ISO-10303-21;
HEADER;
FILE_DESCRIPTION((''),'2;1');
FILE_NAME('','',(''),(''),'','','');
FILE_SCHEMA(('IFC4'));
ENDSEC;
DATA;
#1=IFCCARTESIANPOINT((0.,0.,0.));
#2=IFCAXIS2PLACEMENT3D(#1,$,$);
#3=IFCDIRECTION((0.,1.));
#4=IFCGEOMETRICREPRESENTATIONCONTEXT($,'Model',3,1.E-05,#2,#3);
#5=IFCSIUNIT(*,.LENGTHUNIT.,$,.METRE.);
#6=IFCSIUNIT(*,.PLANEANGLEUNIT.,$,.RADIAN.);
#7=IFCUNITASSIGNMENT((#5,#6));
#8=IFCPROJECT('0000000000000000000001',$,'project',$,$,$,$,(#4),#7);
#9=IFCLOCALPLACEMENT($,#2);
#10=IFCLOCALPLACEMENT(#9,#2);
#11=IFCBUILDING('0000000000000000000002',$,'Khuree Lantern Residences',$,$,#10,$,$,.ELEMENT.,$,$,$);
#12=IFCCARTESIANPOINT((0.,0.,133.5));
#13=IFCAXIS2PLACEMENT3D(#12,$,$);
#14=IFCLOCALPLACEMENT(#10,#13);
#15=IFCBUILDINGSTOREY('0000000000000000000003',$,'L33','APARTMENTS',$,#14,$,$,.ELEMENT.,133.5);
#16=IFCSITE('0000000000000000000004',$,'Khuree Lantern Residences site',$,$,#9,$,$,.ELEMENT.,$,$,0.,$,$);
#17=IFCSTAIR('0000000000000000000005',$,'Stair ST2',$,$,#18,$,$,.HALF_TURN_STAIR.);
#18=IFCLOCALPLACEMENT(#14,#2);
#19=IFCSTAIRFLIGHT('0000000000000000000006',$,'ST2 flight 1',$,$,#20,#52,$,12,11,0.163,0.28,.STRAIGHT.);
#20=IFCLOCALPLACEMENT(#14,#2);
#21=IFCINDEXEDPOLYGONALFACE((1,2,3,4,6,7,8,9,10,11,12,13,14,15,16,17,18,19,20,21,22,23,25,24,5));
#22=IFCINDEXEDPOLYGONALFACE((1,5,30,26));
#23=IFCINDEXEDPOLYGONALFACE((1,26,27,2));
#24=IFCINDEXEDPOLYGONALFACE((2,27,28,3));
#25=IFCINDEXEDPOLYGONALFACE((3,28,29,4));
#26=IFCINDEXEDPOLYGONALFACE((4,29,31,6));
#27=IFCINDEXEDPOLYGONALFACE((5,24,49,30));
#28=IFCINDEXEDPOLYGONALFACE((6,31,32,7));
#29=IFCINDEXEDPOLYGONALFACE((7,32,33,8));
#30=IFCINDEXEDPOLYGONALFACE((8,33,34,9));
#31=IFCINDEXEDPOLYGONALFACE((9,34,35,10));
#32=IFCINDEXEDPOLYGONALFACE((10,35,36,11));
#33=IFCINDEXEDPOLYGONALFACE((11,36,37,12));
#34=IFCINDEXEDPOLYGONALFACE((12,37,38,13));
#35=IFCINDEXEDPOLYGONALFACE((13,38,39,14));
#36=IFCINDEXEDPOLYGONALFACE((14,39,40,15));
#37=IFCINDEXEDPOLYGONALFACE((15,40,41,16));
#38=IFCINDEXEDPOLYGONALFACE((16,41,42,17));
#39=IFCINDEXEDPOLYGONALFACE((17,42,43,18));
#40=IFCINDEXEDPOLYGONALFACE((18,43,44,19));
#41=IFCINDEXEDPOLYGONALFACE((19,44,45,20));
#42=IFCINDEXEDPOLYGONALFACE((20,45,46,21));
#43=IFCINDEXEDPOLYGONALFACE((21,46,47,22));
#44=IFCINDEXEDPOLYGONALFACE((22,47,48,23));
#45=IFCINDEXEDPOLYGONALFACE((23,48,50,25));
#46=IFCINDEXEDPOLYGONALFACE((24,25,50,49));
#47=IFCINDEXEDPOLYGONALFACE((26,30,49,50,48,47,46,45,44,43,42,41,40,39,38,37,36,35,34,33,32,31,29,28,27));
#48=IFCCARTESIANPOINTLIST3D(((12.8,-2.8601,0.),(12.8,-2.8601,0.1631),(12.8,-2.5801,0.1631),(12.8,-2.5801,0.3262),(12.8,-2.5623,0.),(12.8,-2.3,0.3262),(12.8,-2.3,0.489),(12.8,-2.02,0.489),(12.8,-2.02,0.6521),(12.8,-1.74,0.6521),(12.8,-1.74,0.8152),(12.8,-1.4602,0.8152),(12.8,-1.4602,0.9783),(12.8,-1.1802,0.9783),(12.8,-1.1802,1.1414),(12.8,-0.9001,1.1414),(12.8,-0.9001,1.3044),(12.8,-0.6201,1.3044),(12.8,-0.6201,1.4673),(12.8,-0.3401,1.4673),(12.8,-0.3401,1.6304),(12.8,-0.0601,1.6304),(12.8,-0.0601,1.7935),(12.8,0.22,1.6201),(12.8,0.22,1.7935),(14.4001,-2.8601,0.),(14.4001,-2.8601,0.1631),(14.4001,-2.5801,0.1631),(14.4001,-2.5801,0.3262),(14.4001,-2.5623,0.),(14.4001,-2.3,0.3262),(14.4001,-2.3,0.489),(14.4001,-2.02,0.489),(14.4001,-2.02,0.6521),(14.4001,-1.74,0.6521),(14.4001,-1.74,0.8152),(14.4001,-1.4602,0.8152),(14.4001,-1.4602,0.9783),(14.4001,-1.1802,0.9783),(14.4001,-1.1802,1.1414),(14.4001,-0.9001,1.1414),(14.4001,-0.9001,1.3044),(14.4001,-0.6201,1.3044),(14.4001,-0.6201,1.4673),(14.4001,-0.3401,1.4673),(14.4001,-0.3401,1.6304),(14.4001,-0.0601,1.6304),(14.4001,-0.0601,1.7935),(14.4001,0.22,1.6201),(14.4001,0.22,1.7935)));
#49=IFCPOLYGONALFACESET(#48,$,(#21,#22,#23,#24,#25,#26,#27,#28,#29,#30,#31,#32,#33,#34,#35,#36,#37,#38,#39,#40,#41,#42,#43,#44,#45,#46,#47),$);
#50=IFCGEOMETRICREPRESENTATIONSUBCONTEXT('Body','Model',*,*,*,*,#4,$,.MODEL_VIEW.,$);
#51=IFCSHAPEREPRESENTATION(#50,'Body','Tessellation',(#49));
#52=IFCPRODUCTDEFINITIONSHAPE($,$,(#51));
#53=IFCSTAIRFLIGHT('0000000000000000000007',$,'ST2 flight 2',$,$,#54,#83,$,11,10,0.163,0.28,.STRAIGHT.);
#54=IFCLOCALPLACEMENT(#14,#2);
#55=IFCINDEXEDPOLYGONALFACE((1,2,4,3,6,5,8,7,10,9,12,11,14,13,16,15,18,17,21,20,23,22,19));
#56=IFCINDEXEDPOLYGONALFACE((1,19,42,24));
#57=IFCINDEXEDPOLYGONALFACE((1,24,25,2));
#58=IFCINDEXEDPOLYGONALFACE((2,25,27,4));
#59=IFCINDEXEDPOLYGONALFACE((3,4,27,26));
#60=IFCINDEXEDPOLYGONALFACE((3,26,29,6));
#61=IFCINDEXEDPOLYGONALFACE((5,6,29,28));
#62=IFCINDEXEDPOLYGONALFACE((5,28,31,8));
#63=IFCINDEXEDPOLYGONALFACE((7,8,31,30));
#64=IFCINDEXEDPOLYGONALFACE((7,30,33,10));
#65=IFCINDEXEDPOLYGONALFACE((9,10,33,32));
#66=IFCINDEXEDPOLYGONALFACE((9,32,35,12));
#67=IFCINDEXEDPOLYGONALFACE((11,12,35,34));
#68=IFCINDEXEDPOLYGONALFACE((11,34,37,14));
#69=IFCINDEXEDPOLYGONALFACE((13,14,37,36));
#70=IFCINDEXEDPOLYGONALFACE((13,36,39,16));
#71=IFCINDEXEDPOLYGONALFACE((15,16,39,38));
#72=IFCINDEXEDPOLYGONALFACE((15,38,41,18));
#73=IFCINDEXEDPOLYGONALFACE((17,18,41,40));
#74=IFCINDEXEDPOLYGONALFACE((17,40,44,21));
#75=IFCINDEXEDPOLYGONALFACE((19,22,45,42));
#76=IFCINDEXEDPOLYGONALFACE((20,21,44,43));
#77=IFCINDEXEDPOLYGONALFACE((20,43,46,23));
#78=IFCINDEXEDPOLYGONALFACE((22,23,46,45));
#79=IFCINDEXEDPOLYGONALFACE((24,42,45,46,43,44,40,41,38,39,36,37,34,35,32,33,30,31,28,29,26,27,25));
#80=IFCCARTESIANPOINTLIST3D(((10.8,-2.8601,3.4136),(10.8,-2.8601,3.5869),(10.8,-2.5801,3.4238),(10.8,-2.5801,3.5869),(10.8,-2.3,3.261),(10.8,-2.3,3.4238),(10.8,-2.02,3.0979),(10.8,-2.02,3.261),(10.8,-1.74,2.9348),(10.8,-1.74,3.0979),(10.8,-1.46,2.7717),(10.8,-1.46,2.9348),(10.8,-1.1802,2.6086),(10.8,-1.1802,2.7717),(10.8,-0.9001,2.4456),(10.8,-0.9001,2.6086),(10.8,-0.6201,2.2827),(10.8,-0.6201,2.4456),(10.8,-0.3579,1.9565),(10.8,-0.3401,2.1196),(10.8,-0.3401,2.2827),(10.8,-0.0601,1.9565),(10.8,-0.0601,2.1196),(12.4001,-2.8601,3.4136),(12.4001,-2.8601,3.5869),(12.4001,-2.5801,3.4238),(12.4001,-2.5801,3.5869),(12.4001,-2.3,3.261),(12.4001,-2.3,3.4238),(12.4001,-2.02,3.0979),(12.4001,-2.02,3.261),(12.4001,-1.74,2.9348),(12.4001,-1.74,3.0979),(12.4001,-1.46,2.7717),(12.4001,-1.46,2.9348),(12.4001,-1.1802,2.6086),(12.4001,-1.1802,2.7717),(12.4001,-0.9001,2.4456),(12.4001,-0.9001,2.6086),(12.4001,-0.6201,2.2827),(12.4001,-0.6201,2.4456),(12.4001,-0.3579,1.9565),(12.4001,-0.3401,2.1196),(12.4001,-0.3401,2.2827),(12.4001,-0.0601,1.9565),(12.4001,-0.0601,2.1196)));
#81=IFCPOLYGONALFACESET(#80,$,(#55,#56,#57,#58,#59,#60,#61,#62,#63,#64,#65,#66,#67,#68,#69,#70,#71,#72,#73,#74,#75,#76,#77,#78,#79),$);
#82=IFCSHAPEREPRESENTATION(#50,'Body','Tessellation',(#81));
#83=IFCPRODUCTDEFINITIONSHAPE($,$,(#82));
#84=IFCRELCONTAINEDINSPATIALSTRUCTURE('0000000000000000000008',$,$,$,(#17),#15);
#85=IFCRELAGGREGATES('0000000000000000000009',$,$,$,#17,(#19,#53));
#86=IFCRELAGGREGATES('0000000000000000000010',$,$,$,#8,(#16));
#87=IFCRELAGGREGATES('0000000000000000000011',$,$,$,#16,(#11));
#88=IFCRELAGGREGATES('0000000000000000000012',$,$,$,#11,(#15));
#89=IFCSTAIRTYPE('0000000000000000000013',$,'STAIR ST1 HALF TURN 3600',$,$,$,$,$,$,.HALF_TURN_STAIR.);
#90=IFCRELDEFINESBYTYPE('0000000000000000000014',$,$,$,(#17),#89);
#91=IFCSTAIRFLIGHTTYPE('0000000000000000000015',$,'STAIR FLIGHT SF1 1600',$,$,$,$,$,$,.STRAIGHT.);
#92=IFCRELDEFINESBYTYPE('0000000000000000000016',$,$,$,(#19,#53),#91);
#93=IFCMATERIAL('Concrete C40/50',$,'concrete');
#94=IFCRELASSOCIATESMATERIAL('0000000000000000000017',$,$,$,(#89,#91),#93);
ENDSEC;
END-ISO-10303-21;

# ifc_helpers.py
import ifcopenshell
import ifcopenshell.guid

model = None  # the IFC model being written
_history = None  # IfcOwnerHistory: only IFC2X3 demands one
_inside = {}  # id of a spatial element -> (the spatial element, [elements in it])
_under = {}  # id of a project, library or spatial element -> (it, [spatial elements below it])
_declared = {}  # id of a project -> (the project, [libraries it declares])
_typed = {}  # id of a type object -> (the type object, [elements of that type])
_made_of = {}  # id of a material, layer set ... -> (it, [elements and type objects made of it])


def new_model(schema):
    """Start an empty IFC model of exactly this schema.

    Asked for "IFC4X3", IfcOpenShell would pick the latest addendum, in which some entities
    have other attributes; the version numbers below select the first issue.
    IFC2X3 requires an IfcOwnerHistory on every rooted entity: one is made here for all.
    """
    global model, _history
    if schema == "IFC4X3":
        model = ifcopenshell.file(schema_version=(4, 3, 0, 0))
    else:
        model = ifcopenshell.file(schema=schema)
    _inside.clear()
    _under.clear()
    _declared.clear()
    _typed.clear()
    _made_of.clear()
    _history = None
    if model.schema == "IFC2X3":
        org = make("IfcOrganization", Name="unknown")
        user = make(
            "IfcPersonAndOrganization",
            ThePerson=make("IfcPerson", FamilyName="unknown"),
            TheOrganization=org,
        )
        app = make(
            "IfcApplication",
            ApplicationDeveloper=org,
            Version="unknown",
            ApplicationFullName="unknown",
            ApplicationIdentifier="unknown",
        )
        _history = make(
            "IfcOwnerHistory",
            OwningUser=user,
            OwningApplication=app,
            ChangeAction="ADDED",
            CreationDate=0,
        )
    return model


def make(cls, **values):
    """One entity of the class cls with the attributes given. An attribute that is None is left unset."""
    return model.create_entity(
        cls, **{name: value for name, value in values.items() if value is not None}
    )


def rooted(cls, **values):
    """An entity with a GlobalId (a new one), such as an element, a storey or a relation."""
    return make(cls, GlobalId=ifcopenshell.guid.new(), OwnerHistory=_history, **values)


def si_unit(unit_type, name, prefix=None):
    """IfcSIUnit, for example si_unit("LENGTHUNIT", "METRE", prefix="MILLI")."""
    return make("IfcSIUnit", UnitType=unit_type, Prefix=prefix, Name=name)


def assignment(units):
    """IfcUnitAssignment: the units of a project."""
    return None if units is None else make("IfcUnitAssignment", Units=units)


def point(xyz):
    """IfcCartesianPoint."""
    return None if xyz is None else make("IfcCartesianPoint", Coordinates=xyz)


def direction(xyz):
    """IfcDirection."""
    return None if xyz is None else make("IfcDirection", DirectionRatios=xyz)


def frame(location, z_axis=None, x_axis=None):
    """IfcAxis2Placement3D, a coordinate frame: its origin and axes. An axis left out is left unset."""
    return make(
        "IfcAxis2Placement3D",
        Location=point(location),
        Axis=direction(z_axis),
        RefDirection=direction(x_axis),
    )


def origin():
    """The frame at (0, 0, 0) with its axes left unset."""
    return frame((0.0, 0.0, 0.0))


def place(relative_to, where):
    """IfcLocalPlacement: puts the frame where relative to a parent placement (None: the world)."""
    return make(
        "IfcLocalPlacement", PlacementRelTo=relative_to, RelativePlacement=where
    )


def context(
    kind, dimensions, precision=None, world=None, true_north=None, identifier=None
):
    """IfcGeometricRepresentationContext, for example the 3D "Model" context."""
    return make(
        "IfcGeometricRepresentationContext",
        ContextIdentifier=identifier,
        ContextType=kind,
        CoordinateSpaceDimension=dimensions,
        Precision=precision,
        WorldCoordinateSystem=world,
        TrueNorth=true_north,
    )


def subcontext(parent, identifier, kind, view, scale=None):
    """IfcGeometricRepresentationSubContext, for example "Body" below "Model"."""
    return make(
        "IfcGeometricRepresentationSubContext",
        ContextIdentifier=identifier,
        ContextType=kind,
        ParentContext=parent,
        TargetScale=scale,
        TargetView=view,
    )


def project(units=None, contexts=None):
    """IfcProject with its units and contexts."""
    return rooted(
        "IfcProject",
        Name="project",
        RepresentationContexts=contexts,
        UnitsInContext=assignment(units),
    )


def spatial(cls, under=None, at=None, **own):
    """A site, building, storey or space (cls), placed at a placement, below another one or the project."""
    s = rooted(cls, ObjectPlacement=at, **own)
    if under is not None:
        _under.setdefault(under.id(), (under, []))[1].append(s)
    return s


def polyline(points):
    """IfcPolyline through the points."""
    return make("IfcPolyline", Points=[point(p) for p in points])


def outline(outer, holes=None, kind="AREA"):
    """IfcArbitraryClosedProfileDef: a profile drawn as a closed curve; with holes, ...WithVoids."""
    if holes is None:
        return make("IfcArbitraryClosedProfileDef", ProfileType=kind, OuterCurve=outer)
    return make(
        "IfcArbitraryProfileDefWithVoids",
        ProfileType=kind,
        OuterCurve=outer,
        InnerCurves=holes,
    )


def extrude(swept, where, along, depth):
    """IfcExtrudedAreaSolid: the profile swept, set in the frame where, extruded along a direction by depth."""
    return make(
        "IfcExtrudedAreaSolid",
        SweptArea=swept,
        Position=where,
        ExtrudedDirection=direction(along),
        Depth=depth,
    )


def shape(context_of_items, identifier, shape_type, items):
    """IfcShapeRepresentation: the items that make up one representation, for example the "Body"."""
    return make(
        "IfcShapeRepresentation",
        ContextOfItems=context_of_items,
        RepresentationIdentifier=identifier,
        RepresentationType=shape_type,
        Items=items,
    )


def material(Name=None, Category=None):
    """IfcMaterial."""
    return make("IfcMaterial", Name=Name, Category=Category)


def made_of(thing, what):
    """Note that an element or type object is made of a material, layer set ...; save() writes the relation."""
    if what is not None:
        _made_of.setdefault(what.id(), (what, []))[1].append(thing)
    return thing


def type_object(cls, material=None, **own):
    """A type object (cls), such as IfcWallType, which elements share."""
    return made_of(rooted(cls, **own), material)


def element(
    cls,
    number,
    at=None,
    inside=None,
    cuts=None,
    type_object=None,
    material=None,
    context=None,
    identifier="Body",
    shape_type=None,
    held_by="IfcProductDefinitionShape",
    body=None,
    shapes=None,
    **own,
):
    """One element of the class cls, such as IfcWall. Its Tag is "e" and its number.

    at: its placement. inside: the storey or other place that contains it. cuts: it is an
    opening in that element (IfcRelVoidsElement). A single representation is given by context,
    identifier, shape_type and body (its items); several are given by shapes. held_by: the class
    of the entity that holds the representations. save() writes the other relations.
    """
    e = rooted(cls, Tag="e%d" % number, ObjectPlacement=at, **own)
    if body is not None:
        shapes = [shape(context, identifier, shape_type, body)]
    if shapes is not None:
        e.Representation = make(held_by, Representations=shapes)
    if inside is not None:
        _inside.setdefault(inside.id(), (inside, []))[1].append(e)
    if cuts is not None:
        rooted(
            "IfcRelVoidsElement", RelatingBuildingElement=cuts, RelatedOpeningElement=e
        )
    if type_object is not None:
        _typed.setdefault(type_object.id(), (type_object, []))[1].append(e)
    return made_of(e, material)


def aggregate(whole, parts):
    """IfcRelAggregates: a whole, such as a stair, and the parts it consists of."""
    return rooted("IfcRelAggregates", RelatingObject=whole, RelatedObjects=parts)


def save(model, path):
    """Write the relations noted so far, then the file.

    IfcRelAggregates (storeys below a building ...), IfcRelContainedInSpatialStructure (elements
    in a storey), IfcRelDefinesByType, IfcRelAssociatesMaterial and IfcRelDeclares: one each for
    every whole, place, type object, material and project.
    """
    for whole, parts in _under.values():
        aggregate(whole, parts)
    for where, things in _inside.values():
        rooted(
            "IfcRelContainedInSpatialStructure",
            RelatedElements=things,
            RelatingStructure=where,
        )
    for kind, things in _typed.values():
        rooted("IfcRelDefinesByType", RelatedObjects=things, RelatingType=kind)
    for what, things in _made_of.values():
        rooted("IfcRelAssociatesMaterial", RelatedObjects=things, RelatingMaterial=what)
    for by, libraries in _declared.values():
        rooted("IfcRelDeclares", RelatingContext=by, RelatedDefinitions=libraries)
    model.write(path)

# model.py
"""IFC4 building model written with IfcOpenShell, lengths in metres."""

from ifc_helpers import new_model, si_unit, direction, frame, origin, place, context, subcontext, project, spatial, polyline, outline, extrude, material, type_object, element, aggregate, save


model = new_model("IFC4")

# Units and contexts
model_context = context("Model", 3, precision=1e-05, world=origin(), true_north=direction((0.0, 1.0)))
body_context = subcontext(model_context, "Body", "Model", "MODEL_VIEW")
ifc_project = project(units=[si_unit("LENGTHUNIT", "METRE"), si_unit("PLANEANGLEUNIT", "RADIAN")], contexts=[model_context])

# Site, building, storey
site_placement = place(None, origin())
site = spatial("IfcSite", under=ifc_project, at=site_placement, Name="Khuree Lantern Residences site", CompositionType="ELEMENT", RefElevation=0.0)
building_placement = place(site_placement, origin())
building = spatial("IfcBuilding", under=site, at=building_placement, Name="Khuree Lantern Residences", CompositionType="ELEMENT")
storey_placement = place(building_placement, frame((0.0, 0.0, 133.5)))
storey = spatial("IfcBuildingStorey", under=building, at=storey_placement, Name="L33", Description="APARTMENTS", CompositionType="ELEMENT", Elevation=133.5)

# Stair
ifc_material_1 = material(Name="Concrete C40/50", Category="concrete")
stair_type = type_object("IfcStairType", Name="STAIR ST1 HALF TURN 3600", PredefinedType="HALF_TURN_STAIR", material=ifc_material_1)
stair_1_placement = place(storey_placement, origin())
stair_1 = element("IfcStair", 1, at=stair_1_placement, inside=storey, type_object=stair_type, Name="Stair ST2", PredefinedType="HALF_TURN_STAIR")

# Stair flights
stair_flight_type = type_object("IfcStairFlightType", Name="STAIR FLIGHT SF1 1600", PredefinedType="STRAIGHT", material=ifc_material_1)
stair_flight_1_placement = place(storey_placement, frame((13.6001, -2.8601, 0.0), z_axis=(0.0, 0.0, 1.0), x_axis=(0.0, 1.0, 0.0)))
stair_flight_1 = element("IfcStairFlight", 2, at=stair_flight_1_placement, type_object=stair_flight_type, Name="ST2 flight 1", NumberOfRisers=12, NumberOfTreads=11, PredefinedType="STRAIGHT", RiserHeight=0.163, TreadLength=0.28, context=body_context, shape_type="SweptSolid", body=[
    extrude(outline(polyline([(0.0, 0.0), (0.0, 0.1631), (0.28, 0.1631), (0.28, 0.3262), (0.5601, 0.3262), (0.5601, 0.489), (0.8401, 0.489), (0.8401, 0.6521), (1.1201, 0.6521), (1.1201, 0.8152), (1.3999, 0.8152), (1.3999, 0.9783), (1.6799, 0.9783), (1.6799, 1.1414), (1.96, 1.1414), (1.96, 1.3044), (2.24, 1.3044), (2.24, 1.4673), (2.52, 1.4673), (2.52, 1.6304), (2.8, 1.6304), (2.8, 1.7935), (3.0801, 1.7935), (3.0801, 1.9565), (3.0801, 1.6201), (0.2979, 0.0), (0.0, 0.0)])), frame((0.0, 0.8, 0.0), z_axis=(0.0, -1.0, 0.0), x_axis=(1.0, 0.0, 0.0)), (0.0, 0.0, 1.0), 1.6001),
])
stair_flight_2_placement = place(storey_placement, frame((11.6001, -0.0601, 1.9565), z_axis=(0.0, 0.0, 1.0), x_axis=(0.0, -1.0, 0.0)))
stair_flight_2 = element("IfcStairFlight", 3, at=stair_flight_2_placement, type_object=stair_flight_type, Name="ST2 flight 2", NumberOfRisers=11, NumberOfTreads=10, PredefinedType="STRAIGHT", RiserHeight=0.163, TreadLength=0.28, context=body_context, shape_type="SweptSolid", body=[
    extrude(outline(polyline([(0.0, 0.0), (0.0, 0.1631), (0.28, 0.1631), (0.28, 0.3262), (0.5601, 0.3262), (0.5601, 0.489), (0.8401, 0.489), (0.8401, 0.6521), (1.1201, 0.6521), (1.1201, 0.8152), (1.3999, 0.8152), (1.3999, 0.9783), (1.6799, 0.9783), (1.6799, 1.1414), (1.96, 1.1414), (1.96, 1.3044), (2.24, 1.3044), (2.24, 1.4673), (2.52, 1.4673), (2.52, 1.6304), (2.8, 1.6304), (2.8, 1.7935), (2.8, 1.457), (0.2979, 0.0), (0.0, 0.0)])), frame((0.0, 0.8, 0.0), z_axis=(0.0, -1.0, 0.0), x_axis=(1.0, 0.0, 0.0)), (0.0, 0.0, 1.0), 1.6001),
])
aggregate(stair_1, [stair_flight_1, stair_flight_2])

save(model, "model.ifc")
